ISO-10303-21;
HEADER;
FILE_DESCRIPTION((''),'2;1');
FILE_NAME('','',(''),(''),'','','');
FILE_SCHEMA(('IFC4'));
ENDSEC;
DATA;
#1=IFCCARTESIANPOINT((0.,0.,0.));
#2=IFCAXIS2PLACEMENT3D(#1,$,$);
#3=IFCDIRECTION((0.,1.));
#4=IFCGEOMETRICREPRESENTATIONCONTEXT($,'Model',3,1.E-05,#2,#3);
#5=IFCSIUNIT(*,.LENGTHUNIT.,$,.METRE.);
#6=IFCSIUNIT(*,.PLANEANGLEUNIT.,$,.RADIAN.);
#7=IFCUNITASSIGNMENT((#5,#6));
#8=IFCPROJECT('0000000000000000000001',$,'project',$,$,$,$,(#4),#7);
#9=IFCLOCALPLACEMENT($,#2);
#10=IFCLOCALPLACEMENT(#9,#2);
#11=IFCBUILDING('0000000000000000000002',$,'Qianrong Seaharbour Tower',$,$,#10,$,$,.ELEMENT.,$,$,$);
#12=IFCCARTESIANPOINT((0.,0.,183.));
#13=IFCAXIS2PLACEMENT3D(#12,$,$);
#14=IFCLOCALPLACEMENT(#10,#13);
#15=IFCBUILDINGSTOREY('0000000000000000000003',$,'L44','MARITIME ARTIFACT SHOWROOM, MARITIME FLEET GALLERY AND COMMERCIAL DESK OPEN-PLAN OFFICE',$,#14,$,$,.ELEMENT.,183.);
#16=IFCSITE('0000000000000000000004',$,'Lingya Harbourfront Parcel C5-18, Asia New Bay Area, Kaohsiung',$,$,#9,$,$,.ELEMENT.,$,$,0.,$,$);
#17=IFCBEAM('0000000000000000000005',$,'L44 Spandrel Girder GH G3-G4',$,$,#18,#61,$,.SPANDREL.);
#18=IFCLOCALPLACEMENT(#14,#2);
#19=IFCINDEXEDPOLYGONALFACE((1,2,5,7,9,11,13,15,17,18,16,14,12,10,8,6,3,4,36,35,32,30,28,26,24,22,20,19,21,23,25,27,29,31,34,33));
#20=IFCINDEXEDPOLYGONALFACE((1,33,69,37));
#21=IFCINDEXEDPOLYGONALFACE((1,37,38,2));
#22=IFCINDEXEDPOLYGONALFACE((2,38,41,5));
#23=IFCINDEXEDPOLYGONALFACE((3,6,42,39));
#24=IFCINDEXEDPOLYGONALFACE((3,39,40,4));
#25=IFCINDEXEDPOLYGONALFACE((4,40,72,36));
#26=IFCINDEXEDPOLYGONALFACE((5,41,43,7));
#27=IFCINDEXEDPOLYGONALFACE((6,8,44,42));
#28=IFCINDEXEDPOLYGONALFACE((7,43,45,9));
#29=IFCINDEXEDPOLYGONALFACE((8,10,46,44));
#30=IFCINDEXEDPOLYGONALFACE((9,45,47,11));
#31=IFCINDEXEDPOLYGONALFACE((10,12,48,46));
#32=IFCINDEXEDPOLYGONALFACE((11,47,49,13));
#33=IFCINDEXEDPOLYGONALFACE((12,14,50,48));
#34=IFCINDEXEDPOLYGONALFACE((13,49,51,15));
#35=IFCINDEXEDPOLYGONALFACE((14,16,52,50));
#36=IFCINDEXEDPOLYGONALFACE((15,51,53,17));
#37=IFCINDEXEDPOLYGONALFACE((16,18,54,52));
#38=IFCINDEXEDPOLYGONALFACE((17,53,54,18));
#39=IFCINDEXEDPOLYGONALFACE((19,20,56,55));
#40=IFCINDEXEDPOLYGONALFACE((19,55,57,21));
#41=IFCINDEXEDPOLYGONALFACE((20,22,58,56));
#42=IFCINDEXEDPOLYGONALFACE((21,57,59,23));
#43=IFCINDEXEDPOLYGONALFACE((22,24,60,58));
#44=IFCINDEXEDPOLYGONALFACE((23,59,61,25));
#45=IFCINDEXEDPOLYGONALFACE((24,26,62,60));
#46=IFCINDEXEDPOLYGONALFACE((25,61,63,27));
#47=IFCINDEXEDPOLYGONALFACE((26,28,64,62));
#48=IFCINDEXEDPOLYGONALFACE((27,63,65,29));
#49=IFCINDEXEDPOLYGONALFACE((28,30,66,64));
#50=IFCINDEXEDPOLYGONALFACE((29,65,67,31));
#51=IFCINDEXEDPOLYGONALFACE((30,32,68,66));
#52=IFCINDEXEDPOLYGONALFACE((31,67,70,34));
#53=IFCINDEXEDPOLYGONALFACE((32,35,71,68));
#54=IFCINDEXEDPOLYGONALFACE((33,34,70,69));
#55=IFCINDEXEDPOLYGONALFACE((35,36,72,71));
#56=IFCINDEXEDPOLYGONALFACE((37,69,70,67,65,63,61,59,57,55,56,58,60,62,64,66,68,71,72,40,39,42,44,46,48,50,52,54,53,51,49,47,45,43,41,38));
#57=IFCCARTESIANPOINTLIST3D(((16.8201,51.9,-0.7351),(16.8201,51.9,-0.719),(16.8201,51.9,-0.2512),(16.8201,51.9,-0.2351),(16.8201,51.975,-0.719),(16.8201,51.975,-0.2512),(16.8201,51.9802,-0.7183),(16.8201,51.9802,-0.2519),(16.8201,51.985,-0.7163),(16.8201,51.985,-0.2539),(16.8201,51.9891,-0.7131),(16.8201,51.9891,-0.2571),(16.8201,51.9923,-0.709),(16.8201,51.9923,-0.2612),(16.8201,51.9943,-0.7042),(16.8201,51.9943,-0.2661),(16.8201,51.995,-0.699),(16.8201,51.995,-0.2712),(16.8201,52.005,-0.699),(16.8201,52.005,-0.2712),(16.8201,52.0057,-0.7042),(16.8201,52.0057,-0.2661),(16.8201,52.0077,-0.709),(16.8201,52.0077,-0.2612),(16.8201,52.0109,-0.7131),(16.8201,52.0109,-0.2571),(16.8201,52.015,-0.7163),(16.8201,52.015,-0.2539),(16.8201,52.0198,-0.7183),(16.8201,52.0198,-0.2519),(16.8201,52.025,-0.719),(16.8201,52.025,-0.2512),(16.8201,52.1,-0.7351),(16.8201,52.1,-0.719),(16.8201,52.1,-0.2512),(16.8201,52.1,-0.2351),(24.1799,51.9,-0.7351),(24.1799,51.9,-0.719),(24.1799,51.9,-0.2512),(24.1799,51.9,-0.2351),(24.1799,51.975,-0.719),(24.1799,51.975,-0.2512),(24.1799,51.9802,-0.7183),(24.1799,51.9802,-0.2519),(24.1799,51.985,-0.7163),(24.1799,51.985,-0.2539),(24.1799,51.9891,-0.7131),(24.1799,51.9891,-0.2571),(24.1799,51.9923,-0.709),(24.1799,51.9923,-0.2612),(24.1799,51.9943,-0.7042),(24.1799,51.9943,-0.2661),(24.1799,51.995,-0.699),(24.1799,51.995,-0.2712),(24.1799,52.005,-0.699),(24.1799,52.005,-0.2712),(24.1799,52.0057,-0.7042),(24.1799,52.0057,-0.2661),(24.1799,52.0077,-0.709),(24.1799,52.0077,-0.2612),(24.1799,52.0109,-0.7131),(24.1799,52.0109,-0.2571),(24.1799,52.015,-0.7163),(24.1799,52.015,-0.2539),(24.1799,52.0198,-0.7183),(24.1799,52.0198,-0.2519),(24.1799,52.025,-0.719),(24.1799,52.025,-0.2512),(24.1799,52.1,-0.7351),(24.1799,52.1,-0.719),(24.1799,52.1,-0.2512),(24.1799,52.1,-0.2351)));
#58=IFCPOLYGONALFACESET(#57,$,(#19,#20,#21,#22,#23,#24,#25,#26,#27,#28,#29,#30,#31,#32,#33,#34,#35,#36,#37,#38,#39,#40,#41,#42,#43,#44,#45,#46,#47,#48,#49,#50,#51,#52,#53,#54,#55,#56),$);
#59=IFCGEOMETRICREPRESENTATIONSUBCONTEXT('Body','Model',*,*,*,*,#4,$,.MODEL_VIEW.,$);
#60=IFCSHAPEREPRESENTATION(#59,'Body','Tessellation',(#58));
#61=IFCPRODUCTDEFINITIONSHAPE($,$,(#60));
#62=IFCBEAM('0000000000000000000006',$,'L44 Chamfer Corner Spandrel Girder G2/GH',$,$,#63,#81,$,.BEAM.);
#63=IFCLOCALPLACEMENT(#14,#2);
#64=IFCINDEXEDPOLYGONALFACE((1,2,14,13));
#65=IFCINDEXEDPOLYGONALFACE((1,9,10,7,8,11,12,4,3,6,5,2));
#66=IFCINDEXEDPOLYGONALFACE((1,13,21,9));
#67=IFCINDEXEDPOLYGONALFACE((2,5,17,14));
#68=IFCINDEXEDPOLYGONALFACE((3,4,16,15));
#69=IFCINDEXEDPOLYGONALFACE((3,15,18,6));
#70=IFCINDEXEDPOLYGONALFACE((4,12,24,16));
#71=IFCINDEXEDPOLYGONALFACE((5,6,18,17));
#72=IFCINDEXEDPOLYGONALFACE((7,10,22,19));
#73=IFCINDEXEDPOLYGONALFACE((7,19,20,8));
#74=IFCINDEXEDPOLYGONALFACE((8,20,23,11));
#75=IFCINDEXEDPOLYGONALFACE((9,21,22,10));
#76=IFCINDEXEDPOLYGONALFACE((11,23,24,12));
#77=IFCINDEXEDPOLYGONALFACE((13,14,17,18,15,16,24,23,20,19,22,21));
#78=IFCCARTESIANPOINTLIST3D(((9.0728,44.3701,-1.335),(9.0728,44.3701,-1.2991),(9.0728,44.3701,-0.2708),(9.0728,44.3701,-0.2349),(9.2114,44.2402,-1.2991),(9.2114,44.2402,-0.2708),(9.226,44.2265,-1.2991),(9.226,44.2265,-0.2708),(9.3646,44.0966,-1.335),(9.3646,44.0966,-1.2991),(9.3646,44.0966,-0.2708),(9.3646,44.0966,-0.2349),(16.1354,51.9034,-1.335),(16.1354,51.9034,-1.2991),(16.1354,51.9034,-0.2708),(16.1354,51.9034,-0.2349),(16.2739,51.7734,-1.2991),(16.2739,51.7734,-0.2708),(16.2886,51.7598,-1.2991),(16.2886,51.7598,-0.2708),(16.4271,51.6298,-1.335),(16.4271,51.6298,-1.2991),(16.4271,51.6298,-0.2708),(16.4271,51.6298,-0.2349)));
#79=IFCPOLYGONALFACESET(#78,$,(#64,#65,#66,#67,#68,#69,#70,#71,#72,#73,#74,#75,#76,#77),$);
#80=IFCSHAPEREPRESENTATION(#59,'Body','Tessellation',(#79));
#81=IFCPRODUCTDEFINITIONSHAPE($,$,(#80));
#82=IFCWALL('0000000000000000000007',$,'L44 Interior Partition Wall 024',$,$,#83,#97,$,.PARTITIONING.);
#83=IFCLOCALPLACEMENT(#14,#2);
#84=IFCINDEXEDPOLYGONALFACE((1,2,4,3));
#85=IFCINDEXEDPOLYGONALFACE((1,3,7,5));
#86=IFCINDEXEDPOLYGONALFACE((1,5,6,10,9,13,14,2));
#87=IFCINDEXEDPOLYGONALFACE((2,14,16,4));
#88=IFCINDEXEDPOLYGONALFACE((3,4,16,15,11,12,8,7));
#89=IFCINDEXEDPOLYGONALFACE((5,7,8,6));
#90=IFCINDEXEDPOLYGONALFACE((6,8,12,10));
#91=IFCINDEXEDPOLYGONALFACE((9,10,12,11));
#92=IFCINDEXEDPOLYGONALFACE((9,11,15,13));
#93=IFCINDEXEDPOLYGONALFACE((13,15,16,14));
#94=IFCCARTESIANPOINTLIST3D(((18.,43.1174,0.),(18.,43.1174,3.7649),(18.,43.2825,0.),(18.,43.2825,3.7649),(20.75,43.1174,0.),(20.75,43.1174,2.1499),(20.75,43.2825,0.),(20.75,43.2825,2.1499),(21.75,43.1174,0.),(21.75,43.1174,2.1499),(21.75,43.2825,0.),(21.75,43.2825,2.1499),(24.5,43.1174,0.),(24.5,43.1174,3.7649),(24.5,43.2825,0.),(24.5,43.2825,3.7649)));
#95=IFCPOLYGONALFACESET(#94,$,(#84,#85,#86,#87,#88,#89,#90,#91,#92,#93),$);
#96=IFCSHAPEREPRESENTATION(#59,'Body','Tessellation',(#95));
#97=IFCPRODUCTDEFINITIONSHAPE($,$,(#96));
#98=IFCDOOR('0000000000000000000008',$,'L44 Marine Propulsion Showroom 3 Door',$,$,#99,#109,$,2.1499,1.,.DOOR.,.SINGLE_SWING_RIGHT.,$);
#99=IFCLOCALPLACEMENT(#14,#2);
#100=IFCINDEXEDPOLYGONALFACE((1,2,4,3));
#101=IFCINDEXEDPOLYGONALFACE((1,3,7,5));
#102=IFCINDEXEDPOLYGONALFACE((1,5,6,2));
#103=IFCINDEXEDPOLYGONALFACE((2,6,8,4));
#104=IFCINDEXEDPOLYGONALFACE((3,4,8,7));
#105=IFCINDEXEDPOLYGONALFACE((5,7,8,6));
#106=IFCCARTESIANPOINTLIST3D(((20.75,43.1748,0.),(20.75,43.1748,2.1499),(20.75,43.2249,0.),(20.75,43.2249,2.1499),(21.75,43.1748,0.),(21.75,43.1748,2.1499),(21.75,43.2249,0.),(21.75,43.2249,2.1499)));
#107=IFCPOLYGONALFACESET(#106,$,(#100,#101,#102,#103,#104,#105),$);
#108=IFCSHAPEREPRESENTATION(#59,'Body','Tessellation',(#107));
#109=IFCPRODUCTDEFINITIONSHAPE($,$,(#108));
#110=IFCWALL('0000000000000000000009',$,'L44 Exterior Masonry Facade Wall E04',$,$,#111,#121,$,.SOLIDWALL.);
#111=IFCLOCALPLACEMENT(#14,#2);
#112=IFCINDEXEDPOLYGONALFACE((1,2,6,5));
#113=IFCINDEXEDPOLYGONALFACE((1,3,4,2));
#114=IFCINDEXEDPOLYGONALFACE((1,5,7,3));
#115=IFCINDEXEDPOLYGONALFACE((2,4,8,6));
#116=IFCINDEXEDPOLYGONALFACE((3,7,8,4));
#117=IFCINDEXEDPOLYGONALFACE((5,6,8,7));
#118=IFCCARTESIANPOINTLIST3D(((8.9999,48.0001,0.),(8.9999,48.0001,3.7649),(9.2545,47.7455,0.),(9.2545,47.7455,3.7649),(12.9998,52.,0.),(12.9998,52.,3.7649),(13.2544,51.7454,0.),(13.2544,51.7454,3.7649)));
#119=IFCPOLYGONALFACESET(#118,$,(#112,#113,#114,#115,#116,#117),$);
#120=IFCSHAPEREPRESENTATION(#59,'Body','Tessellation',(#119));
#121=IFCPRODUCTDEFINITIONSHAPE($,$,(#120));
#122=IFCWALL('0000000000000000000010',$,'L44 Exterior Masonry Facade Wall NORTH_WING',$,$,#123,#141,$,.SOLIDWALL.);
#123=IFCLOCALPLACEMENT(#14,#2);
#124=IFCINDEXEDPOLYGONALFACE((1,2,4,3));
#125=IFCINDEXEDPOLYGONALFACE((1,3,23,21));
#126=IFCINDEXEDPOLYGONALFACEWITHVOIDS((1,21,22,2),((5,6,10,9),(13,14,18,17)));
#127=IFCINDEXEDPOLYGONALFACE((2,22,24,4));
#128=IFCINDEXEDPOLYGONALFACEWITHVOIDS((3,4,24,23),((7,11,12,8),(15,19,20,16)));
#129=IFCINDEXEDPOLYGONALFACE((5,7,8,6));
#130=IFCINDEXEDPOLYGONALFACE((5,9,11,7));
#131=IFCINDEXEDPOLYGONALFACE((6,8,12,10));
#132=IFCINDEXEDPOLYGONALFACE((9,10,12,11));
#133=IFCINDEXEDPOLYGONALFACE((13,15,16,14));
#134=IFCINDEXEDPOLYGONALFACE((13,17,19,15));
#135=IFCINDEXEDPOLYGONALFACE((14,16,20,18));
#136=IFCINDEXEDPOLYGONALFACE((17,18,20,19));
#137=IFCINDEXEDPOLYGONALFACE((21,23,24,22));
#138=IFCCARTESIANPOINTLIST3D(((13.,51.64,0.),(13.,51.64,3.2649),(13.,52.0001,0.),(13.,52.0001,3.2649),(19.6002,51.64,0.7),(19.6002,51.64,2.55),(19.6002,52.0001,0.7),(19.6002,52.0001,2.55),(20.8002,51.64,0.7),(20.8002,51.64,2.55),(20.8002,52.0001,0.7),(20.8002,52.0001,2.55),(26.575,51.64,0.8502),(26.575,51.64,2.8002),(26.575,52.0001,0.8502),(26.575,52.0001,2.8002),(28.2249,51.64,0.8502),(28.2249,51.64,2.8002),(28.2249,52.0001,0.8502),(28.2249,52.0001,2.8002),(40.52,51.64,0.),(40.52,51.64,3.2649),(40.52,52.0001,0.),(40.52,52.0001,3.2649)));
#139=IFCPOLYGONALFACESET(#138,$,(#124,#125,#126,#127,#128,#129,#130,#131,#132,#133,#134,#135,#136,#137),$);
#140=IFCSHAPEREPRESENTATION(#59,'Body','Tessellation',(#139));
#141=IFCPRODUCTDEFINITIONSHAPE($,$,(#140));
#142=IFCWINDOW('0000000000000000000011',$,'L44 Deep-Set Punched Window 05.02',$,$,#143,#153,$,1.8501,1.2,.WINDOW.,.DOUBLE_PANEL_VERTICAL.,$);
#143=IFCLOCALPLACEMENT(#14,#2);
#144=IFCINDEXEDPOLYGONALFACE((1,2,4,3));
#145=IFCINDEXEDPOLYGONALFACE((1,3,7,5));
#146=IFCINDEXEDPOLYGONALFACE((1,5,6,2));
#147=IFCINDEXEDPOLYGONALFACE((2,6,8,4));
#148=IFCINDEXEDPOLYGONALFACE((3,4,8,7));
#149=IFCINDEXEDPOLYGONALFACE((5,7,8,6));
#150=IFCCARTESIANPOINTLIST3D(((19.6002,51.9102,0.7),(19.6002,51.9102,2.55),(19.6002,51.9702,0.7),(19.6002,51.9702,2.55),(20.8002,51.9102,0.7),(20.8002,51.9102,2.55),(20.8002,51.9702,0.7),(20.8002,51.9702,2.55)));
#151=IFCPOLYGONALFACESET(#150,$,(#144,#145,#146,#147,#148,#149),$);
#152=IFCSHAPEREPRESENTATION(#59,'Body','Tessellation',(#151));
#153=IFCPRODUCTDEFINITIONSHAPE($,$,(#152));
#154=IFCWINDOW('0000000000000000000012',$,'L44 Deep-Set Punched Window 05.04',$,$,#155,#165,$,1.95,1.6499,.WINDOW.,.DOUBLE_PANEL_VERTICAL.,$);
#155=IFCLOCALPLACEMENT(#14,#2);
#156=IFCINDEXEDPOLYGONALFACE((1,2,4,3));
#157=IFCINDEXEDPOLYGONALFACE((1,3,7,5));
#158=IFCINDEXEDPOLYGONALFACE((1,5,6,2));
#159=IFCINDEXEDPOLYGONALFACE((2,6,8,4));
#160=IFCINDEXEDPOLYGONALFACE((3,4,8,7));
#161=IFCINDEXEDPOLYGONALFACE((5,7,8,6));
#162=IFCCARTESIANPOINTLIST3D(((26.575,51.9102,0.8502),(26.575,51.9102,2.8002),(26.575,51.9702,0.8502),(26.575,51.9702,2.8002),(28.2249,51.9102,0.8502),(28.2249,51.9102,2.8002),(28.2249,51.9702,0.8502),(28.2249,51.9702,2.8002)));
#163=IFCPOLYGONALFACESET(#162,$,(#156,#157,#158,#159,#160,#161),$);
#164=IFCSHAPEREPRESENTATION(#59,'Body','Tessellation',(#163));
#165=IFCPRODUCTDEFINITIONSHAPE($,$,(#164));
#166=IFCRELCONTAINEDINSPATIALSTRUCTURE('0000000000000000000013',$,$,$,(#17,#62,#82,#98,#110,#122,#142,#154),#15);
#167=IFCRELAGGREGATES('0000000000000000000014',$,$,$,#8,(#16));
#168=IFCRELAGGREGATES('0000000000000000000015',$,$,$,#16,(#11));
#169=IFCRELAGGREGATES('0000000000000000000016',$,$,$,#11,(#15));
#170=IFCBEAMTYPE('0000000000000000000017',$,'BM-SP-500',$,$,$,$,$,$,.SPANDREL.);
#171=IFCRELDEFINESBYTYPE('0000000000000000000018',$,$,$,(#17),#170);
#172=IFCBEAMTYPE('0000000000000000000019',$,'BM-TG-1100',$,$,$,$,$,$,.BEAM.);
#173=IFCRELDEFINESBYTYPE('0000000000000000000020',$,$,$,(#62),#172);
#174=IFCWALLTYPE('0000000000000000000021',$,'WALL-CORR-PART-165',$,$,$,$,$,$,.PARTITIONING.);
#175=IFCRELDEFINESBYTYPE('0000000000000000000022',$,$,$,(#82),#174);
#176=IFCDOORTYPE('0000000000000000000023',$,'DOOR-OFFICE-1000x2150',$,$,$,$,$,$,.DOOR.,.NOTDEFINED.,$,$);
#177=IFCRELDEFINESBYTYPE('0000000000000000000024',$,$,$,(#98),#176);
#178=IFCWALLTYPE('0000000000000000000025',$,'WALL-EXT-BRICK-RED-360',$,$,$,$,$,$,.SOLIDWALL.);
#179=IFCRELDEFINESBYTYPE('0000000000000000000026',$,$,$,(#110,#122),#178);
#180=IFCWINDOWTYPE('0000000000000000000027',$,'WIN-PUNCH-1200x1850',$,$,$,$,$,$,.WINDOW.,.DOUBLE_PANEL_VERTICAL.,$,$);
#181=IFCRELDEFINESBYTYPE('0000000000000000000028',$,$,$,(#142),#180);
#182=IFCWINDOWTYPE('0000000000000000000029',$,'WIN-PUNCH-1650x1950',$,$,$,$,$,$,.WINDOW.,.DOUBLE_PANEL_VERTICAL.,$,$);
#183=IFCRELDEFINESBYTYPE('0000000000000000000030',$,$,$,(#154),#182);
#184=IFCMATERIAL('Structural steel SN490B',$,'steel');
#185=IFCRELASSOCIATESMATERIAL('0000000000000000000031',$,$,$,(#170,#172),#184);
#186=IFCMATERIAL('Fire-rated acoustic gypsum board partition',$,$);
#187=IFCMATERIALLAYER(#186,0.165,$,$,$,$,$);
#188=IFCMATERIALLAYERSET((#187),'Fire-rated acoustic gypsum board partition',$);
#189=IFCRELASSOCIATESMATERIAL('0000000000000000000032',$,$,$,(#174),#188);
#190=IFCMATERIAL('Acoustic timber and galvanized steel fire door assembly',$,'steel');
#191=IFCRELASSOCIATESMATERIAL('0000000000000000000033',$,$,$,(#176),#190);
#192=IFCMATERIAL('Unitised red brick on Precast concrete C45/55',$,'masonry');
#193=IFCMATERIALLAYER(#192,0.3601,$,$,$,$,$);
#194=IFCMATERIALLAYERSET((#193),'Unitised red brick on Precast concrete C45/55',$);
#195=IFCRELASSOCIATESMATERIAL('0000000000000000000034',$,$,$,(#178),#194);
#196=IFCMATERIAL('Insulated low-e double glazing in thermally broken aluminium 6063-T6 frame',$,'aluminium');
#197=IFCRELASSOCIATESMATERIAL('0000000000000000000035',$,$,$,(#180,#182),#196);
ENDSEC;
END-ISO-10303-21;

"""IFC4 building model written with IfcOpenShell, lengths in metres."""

from ifc_helpers import new_model, si_unit, direction, frame, frame_2d, origin, origin_2d, place, context, subcontext, project, spatial, rectangle, i_section, extrude, material, layer, layer_set, material_profile, profile_set, type_object, element, fill, save


model = new_model("IFC4")

# Units and contexts
model_context = context("Model", 3, precision=1e-05, world=origin(), true_north=direction((0.0, 1.0)))
body_context = subcontext(model_context, "Body", "Model", "MODEL_VIEW")
ifc_project = project(units=[si_unit("LENGTHUNIT", "METRE"), si_unit("PLANEANGLEUNIT", "RADIAN")], contexts=[model_context])

# Site, building, storey
site_placement = place(None, origin())
site = spatial("IfcSite", under=ifc_project, at=site_placement, Name="Lingya Harbourfront Parcel C5-18, Asia New Bay Area, Kaohsiung", CompositionType="ELEMENT", RefElevation=0.0)
building_placement = place(site_placement, origin())
building = spatial("IfcBuilding", under=site, at=building_placement, Name="Qianrong Seaharbour Tower", CompositionType="ELEMENT")
storey_placement = place(building_placement, frame((0.0, 0.0, 183.0)))
storey = spatial("IfcBuildingStorey", under=building, at=storey_placement, Name="L44", Description="MARITIME ARTIFACT SHOWROOM, MARITIME FLEET GALLERY AND COMMERCIAL DESK OPEN-PLAN OFFICE", CompositionType="ELEMENT", Elevation=183.0)

# Shared definitions
ifc_material_1 = material(Name="Structural steel SN490B", Category="steel")

# Beams
ifc_material_profile_1 = material_profile(ifc_material_1, i_section(OverallWidth=0.2, OverallDepth=0.5, WebThickness=0.01, FlangeThickness=0.0161, FilletRadius=0.02, at=origin_2d()), Name="H500x200x10x16")
ifc_profile_set_1 = profile_set([ifc_material_profile_1], Name="Structural steel SN490B")
beam_type_1 = type_object("IfcBeamType", Name="BM-SP-500", PredefinedType="SPANDREL", material=ifc_profile_set_1)
beam_1_placement = place(storey_placement, frame((16.8201, 52.0, -0.4851), z_axis=(1.0, 0.0, 0.0), x_axis=(0.0, 1.0, 0.0)))
element("IfcBeam", 1, at=beam_1_placement, inside=storey, type_object=beam_type_1, Name="L44 Spandrel Girder GH G3-G4", PredefinedType="SPANDREL", context=body_context, shape_type="SweptSolid", body=[
    extrude(i_section(OverallWidth=0.2, OverallDepth=0.5, WebThickness=0.01, FlangeThickness=0.0161, FilletRadius=0.02, at=origin_2d()), origin(), (0.0, 0.0, 1.0), 7.3599),
])
ifc_material_profile_2 = material_profile(ifc_material_1, i_section(OverallWidth=0.3999, OverallDepth=1.1001, WebThickness=0.02, FlangeThickness=0.0359, at=origin_2d()), Name="BH1100x400x20x36")
ifc_profile_set_2 = profile_set([ifc_material_profile_2], Name="Structural steel SN490B")
beam_type_2 = type_object("IfcBeamType", Name="BM-TG-1100", PredefinedType="BEAM", material=ifc_profile_set_2)
beam_2_placement = place(storey_placement, frame((16.2812, 51.7666, -0.7849), z_axis=(-0.683947, -0.729531, 0.0), x_axis=(0.729531, -0.683947, 0.0)))
element("IfcBeam", 2, at=beam_2_placement, inside=storey, type_object=beam_type_2, Name="L44 Chamfer Corner Spandrel Girder G2/GH", PredefinedType="BEAM", context=body_context, shape_type="SweptSolid", body=[
    extrude(i_section(OverallWidth=0.3999, OverallDepth=1.1001, WebThickness=0.02, FlangeThickness=0.0359, at=origin_2d()), origin(), (0.0, 0.0, 1.0), 10.3262),
])

# Wall, opening, door
ifc_material_2 = material(Name="Fire-rated acoustic gypsum board partition")
ifc_layer_1 = layer(ifc_material_2, 0.165)
ifc_layer_set_1 = layer_set([ifc_layer_1], Name="Fire-rated acoustic gypsum board partition")
wall_type_1 = type_object("IfcWallType", Name="WALL-CORR-PART-165", PredefinedType="PARTITIONING", material=ifc_layer_set_1)
wall_1_placement = place(storey_placement, frame((18.0, 43.2, 0.0), z_axis=(0.0, 0.0, 1.0), x_axis=(1.0, 0.0, 0.0)))
wall_1 = element("IfcWall", 3, at=wall_1_placement, inside=storey, type_object=wall_type_1, Name="L44 Interior Partition Wall 024", PredefinedType="PARTITIONING", context=body_context, shape_type="SweptSolid", body=[
    extrude(rectangle(XDim=6.5, YDim=0.165, at=frame_2d((3.25, 0.0))), origin(), (0.0, 0.0, 1.0), 3.7649),
])
opening_1_placement = place(wall_1_placement, frame((2.75, 0.0, 0.0)))
opening_1 = element("IfcOpeningElement", 4, at=opening_1_placement, cuts=wall_1, PredefinedType="OPENING", context=body_context, shape_type="SweptSolid", body=[
    extrude(rectangle(XDim=1.0, YDim=2.1499, at=frame_2d((0.5, 1.075))), frame((0.0, 0.0925, 0.0), z_axis=(0.0, -1.0, 0.0), x_axis=(1.0, 0.0, 0.0)), (0.0, 0.0, 1.0), 0.1851),
])
ifc_material_3 = material(Name="Acoustic timber and galvanized steel fire door assembly", Category="steel")
door_type = type_object("IfcDoorType", Name="DOOR-OFFICE-1000x2150", OperationType="NOTDEFINED", PredefinedType="DOOR", material=ifc_material_3)
door_1_placement = place(opening_1_placement, origin())
door_1 = element("IfcDoor", 5, at=door_1_placement, inside=storey, type_object=door_type, Name="L44 Marine Propulsion Showroom 3 Door", OperationType="SINGLE_SWING_RIGHT", OverallHeight=2.1499, OverallWidth=1.0, PredefinedType="DOOR", context=body_context, shape_type="SweptSolid", body=[
    extrude(rectangle(XDim=1.0, YDim=2.1499, at=frame_2d((0.5, 1.075))), frame((0.0, 0.0249, 0.0), z_axis=(0.0, -1.0, 0.0), x_axis=(1.0, 0.0, 0.0)), (0.0, 0.0, 1.0), 0.05),
])
fill(opening_1, door_1)

# Wall
ifc_material_4 = material(Name="Unitised red brick on Precast concrete C45/55", Category="masonry")
ifc_layer_2 = layer(ifc_material_4, 0.3601)
ifc_layer_set_2 = layer_set([ifc_layer_2], Name="Unitised red brick on Precast concrete C45/55")
wall_type_2 = type_object("IfcWallType", Name="WALL-EXT-BRICK-RED-360", PredefinedType="SOLIDWALL", material=ifc_layer_set_2)
wall_2_placement = place(storey_placement, frame((9.1272, 47.8728, 0.0), z_axis=(0.0, 0.0, 1.0), x_axis=(0.707107, 0.707107, 0.0)))
element("IfcWall", 6, at=wall_2_placement, inside=storey, type_object=wall_type_2, Name="L44 Exterior Masonry Facade Wall E04", PredefinedType="SOLIDWALL", context=body_context, shape_type="SweptSolid", body=[
    extrude(rectangle(XDim=5.6567, YDim=0.3601, at=frame_2d((2.8284, 0.0))), origin(), (0.0, 0.0, 1.0), 3.7649),
])

# Wall, openings, windows
wall_3_placement = place(storey_placement, frame((13.0, 51.8201, 0.0), z_axis=(0.0, 0.0, 1.0), x_axis=(1.0, 0.0, 0.0)))
wall_3 = element("IfcWall", 7, at=wall_3_placement, inside=storey, type_object=wall_type_2, Name="L44 Exterior Masonry Facade Wall NORTH_WING", PredefinedType="SOLIDWALL", context=body_context, shape_type="SweptSolid", body=[
    extrude(rectangle(XDim=27.52, YDim=0.3601, at=frame_2d((13.76, 0.0))), origin(), (0.0, 0.0, 1.0), 3.2649),
])
opening_2_placement = place(wall_3_placement, frame((6.6001, 0.0, 0.7)))
opening_2 = element("IfcOpeningElement", 8, at=opening_2_placement, cuts=wall_3, PredefinedType="OPENING", context=body_context, shape_type="SweptSolid", body=[
    extrude(rectangle(XDim=1.2, YDim=1.8501, at=frame_2d((0.6001, 0.925))), frame((0.0, 0.1899, 0.0), z_axis=(0.0, -1.0, 0.0), x_axis=(1.0, 0.0, 0.0)), (0.0, 0.0, 1.0), 0.3801),
])
opening_3_placement = place(wall_3_placement, frame((13.575, 0.0, 0.8501)))
opening_3 = element("IfcOpeningElement", 9, at=opening_3_placement, cuts=wall_3, PredefinedType="OPENING", context=body_context, shape_type="SweptSolid", body=[
    extrude(rectangle(XDim=1.6499, YDim=1.95, at=frame_2d((0.825, 0.9751))), frame((0.0, 0.1899, 0.0), z_axis=(0.0, -1.0, 0.0), x_axis=(1.0, 0.0, 0.0)), (0.0, 0.0, 1.0), 0.3801),
])
ifc_material_5 = material(Name="Insulated low-e double glazing in thermally broken aluminium 6063-T6 frame", Category="aluminium")
window_type_1 = type_object("IfcWindowType", Name="WIN-PUNCH-1200x1850", PartitioningType="DOUBLE_PANEL_VERTICAL", PredefinedType="WINDOW", material=ifc_material_5)
window_1_placement = place(opening_2_placement, origin())
window_1 = element("IfcWindow", 10, at=window_1_placement, inside=storey, type_object=window_type_1, Name="L44 Deep-Set Punched Window 05.02", OverallHeight=1.8501, OverallWidth=1.2, PartitioningType="DOUBLE_PANEL_VERTICAL", PredefinedType="WINDOW", context=body_context, shape_type="SweptSolid", body=[
    extrude(rectangle(XDim=1.2, YDim=1.8501, at=frame_2d((0.6001, 0.925))), frame((0.0, 0.1501, 0.0), z_axis=(0.0, -1.0, 0.0), x_axis=(1.0, 0.0, 0.0)), (0.0, 0.0, 1.0), 0.0601),
])
fill(opening_2, window_1)
window_type_2 = type_object("IfcWindowType", Name="WIN-PUNCH-1650x1950", PartitioningType="DOUBLE_PANEL_VERTICAL", PredefinedType="WINDOW", material=ifc_material_5)
window_2_placement = place(opening_3_placement, origin())
window_2 = element("IfcWindow", 11, at=window_2_placement, inside=storey, type_object=window_type_2, Name="L44 Deep-Set Punched Window 05.04", OverallHeight=1.95, OverallWidth=1.6499, PartitioningType="DOUBLE_PANEL_VERTICAL", PredefinedType="WINDOW", context=body_context, shape_type="SweptSolid", body=[
    extrude(rectangle(XDim=1.6499, YDim=1.95, at=frame_2d((0.825, 0.9751))), frame((0.0, 0.1501, 0.0), z_axis=(0.0, -1.0, 0.0), x_axis=(1.0, 0.0, 0.0)), (0.0, 0.0, 1.0), 0.0601),
])
fill(opening_3, window_2)

save(model, "model.ifc")
